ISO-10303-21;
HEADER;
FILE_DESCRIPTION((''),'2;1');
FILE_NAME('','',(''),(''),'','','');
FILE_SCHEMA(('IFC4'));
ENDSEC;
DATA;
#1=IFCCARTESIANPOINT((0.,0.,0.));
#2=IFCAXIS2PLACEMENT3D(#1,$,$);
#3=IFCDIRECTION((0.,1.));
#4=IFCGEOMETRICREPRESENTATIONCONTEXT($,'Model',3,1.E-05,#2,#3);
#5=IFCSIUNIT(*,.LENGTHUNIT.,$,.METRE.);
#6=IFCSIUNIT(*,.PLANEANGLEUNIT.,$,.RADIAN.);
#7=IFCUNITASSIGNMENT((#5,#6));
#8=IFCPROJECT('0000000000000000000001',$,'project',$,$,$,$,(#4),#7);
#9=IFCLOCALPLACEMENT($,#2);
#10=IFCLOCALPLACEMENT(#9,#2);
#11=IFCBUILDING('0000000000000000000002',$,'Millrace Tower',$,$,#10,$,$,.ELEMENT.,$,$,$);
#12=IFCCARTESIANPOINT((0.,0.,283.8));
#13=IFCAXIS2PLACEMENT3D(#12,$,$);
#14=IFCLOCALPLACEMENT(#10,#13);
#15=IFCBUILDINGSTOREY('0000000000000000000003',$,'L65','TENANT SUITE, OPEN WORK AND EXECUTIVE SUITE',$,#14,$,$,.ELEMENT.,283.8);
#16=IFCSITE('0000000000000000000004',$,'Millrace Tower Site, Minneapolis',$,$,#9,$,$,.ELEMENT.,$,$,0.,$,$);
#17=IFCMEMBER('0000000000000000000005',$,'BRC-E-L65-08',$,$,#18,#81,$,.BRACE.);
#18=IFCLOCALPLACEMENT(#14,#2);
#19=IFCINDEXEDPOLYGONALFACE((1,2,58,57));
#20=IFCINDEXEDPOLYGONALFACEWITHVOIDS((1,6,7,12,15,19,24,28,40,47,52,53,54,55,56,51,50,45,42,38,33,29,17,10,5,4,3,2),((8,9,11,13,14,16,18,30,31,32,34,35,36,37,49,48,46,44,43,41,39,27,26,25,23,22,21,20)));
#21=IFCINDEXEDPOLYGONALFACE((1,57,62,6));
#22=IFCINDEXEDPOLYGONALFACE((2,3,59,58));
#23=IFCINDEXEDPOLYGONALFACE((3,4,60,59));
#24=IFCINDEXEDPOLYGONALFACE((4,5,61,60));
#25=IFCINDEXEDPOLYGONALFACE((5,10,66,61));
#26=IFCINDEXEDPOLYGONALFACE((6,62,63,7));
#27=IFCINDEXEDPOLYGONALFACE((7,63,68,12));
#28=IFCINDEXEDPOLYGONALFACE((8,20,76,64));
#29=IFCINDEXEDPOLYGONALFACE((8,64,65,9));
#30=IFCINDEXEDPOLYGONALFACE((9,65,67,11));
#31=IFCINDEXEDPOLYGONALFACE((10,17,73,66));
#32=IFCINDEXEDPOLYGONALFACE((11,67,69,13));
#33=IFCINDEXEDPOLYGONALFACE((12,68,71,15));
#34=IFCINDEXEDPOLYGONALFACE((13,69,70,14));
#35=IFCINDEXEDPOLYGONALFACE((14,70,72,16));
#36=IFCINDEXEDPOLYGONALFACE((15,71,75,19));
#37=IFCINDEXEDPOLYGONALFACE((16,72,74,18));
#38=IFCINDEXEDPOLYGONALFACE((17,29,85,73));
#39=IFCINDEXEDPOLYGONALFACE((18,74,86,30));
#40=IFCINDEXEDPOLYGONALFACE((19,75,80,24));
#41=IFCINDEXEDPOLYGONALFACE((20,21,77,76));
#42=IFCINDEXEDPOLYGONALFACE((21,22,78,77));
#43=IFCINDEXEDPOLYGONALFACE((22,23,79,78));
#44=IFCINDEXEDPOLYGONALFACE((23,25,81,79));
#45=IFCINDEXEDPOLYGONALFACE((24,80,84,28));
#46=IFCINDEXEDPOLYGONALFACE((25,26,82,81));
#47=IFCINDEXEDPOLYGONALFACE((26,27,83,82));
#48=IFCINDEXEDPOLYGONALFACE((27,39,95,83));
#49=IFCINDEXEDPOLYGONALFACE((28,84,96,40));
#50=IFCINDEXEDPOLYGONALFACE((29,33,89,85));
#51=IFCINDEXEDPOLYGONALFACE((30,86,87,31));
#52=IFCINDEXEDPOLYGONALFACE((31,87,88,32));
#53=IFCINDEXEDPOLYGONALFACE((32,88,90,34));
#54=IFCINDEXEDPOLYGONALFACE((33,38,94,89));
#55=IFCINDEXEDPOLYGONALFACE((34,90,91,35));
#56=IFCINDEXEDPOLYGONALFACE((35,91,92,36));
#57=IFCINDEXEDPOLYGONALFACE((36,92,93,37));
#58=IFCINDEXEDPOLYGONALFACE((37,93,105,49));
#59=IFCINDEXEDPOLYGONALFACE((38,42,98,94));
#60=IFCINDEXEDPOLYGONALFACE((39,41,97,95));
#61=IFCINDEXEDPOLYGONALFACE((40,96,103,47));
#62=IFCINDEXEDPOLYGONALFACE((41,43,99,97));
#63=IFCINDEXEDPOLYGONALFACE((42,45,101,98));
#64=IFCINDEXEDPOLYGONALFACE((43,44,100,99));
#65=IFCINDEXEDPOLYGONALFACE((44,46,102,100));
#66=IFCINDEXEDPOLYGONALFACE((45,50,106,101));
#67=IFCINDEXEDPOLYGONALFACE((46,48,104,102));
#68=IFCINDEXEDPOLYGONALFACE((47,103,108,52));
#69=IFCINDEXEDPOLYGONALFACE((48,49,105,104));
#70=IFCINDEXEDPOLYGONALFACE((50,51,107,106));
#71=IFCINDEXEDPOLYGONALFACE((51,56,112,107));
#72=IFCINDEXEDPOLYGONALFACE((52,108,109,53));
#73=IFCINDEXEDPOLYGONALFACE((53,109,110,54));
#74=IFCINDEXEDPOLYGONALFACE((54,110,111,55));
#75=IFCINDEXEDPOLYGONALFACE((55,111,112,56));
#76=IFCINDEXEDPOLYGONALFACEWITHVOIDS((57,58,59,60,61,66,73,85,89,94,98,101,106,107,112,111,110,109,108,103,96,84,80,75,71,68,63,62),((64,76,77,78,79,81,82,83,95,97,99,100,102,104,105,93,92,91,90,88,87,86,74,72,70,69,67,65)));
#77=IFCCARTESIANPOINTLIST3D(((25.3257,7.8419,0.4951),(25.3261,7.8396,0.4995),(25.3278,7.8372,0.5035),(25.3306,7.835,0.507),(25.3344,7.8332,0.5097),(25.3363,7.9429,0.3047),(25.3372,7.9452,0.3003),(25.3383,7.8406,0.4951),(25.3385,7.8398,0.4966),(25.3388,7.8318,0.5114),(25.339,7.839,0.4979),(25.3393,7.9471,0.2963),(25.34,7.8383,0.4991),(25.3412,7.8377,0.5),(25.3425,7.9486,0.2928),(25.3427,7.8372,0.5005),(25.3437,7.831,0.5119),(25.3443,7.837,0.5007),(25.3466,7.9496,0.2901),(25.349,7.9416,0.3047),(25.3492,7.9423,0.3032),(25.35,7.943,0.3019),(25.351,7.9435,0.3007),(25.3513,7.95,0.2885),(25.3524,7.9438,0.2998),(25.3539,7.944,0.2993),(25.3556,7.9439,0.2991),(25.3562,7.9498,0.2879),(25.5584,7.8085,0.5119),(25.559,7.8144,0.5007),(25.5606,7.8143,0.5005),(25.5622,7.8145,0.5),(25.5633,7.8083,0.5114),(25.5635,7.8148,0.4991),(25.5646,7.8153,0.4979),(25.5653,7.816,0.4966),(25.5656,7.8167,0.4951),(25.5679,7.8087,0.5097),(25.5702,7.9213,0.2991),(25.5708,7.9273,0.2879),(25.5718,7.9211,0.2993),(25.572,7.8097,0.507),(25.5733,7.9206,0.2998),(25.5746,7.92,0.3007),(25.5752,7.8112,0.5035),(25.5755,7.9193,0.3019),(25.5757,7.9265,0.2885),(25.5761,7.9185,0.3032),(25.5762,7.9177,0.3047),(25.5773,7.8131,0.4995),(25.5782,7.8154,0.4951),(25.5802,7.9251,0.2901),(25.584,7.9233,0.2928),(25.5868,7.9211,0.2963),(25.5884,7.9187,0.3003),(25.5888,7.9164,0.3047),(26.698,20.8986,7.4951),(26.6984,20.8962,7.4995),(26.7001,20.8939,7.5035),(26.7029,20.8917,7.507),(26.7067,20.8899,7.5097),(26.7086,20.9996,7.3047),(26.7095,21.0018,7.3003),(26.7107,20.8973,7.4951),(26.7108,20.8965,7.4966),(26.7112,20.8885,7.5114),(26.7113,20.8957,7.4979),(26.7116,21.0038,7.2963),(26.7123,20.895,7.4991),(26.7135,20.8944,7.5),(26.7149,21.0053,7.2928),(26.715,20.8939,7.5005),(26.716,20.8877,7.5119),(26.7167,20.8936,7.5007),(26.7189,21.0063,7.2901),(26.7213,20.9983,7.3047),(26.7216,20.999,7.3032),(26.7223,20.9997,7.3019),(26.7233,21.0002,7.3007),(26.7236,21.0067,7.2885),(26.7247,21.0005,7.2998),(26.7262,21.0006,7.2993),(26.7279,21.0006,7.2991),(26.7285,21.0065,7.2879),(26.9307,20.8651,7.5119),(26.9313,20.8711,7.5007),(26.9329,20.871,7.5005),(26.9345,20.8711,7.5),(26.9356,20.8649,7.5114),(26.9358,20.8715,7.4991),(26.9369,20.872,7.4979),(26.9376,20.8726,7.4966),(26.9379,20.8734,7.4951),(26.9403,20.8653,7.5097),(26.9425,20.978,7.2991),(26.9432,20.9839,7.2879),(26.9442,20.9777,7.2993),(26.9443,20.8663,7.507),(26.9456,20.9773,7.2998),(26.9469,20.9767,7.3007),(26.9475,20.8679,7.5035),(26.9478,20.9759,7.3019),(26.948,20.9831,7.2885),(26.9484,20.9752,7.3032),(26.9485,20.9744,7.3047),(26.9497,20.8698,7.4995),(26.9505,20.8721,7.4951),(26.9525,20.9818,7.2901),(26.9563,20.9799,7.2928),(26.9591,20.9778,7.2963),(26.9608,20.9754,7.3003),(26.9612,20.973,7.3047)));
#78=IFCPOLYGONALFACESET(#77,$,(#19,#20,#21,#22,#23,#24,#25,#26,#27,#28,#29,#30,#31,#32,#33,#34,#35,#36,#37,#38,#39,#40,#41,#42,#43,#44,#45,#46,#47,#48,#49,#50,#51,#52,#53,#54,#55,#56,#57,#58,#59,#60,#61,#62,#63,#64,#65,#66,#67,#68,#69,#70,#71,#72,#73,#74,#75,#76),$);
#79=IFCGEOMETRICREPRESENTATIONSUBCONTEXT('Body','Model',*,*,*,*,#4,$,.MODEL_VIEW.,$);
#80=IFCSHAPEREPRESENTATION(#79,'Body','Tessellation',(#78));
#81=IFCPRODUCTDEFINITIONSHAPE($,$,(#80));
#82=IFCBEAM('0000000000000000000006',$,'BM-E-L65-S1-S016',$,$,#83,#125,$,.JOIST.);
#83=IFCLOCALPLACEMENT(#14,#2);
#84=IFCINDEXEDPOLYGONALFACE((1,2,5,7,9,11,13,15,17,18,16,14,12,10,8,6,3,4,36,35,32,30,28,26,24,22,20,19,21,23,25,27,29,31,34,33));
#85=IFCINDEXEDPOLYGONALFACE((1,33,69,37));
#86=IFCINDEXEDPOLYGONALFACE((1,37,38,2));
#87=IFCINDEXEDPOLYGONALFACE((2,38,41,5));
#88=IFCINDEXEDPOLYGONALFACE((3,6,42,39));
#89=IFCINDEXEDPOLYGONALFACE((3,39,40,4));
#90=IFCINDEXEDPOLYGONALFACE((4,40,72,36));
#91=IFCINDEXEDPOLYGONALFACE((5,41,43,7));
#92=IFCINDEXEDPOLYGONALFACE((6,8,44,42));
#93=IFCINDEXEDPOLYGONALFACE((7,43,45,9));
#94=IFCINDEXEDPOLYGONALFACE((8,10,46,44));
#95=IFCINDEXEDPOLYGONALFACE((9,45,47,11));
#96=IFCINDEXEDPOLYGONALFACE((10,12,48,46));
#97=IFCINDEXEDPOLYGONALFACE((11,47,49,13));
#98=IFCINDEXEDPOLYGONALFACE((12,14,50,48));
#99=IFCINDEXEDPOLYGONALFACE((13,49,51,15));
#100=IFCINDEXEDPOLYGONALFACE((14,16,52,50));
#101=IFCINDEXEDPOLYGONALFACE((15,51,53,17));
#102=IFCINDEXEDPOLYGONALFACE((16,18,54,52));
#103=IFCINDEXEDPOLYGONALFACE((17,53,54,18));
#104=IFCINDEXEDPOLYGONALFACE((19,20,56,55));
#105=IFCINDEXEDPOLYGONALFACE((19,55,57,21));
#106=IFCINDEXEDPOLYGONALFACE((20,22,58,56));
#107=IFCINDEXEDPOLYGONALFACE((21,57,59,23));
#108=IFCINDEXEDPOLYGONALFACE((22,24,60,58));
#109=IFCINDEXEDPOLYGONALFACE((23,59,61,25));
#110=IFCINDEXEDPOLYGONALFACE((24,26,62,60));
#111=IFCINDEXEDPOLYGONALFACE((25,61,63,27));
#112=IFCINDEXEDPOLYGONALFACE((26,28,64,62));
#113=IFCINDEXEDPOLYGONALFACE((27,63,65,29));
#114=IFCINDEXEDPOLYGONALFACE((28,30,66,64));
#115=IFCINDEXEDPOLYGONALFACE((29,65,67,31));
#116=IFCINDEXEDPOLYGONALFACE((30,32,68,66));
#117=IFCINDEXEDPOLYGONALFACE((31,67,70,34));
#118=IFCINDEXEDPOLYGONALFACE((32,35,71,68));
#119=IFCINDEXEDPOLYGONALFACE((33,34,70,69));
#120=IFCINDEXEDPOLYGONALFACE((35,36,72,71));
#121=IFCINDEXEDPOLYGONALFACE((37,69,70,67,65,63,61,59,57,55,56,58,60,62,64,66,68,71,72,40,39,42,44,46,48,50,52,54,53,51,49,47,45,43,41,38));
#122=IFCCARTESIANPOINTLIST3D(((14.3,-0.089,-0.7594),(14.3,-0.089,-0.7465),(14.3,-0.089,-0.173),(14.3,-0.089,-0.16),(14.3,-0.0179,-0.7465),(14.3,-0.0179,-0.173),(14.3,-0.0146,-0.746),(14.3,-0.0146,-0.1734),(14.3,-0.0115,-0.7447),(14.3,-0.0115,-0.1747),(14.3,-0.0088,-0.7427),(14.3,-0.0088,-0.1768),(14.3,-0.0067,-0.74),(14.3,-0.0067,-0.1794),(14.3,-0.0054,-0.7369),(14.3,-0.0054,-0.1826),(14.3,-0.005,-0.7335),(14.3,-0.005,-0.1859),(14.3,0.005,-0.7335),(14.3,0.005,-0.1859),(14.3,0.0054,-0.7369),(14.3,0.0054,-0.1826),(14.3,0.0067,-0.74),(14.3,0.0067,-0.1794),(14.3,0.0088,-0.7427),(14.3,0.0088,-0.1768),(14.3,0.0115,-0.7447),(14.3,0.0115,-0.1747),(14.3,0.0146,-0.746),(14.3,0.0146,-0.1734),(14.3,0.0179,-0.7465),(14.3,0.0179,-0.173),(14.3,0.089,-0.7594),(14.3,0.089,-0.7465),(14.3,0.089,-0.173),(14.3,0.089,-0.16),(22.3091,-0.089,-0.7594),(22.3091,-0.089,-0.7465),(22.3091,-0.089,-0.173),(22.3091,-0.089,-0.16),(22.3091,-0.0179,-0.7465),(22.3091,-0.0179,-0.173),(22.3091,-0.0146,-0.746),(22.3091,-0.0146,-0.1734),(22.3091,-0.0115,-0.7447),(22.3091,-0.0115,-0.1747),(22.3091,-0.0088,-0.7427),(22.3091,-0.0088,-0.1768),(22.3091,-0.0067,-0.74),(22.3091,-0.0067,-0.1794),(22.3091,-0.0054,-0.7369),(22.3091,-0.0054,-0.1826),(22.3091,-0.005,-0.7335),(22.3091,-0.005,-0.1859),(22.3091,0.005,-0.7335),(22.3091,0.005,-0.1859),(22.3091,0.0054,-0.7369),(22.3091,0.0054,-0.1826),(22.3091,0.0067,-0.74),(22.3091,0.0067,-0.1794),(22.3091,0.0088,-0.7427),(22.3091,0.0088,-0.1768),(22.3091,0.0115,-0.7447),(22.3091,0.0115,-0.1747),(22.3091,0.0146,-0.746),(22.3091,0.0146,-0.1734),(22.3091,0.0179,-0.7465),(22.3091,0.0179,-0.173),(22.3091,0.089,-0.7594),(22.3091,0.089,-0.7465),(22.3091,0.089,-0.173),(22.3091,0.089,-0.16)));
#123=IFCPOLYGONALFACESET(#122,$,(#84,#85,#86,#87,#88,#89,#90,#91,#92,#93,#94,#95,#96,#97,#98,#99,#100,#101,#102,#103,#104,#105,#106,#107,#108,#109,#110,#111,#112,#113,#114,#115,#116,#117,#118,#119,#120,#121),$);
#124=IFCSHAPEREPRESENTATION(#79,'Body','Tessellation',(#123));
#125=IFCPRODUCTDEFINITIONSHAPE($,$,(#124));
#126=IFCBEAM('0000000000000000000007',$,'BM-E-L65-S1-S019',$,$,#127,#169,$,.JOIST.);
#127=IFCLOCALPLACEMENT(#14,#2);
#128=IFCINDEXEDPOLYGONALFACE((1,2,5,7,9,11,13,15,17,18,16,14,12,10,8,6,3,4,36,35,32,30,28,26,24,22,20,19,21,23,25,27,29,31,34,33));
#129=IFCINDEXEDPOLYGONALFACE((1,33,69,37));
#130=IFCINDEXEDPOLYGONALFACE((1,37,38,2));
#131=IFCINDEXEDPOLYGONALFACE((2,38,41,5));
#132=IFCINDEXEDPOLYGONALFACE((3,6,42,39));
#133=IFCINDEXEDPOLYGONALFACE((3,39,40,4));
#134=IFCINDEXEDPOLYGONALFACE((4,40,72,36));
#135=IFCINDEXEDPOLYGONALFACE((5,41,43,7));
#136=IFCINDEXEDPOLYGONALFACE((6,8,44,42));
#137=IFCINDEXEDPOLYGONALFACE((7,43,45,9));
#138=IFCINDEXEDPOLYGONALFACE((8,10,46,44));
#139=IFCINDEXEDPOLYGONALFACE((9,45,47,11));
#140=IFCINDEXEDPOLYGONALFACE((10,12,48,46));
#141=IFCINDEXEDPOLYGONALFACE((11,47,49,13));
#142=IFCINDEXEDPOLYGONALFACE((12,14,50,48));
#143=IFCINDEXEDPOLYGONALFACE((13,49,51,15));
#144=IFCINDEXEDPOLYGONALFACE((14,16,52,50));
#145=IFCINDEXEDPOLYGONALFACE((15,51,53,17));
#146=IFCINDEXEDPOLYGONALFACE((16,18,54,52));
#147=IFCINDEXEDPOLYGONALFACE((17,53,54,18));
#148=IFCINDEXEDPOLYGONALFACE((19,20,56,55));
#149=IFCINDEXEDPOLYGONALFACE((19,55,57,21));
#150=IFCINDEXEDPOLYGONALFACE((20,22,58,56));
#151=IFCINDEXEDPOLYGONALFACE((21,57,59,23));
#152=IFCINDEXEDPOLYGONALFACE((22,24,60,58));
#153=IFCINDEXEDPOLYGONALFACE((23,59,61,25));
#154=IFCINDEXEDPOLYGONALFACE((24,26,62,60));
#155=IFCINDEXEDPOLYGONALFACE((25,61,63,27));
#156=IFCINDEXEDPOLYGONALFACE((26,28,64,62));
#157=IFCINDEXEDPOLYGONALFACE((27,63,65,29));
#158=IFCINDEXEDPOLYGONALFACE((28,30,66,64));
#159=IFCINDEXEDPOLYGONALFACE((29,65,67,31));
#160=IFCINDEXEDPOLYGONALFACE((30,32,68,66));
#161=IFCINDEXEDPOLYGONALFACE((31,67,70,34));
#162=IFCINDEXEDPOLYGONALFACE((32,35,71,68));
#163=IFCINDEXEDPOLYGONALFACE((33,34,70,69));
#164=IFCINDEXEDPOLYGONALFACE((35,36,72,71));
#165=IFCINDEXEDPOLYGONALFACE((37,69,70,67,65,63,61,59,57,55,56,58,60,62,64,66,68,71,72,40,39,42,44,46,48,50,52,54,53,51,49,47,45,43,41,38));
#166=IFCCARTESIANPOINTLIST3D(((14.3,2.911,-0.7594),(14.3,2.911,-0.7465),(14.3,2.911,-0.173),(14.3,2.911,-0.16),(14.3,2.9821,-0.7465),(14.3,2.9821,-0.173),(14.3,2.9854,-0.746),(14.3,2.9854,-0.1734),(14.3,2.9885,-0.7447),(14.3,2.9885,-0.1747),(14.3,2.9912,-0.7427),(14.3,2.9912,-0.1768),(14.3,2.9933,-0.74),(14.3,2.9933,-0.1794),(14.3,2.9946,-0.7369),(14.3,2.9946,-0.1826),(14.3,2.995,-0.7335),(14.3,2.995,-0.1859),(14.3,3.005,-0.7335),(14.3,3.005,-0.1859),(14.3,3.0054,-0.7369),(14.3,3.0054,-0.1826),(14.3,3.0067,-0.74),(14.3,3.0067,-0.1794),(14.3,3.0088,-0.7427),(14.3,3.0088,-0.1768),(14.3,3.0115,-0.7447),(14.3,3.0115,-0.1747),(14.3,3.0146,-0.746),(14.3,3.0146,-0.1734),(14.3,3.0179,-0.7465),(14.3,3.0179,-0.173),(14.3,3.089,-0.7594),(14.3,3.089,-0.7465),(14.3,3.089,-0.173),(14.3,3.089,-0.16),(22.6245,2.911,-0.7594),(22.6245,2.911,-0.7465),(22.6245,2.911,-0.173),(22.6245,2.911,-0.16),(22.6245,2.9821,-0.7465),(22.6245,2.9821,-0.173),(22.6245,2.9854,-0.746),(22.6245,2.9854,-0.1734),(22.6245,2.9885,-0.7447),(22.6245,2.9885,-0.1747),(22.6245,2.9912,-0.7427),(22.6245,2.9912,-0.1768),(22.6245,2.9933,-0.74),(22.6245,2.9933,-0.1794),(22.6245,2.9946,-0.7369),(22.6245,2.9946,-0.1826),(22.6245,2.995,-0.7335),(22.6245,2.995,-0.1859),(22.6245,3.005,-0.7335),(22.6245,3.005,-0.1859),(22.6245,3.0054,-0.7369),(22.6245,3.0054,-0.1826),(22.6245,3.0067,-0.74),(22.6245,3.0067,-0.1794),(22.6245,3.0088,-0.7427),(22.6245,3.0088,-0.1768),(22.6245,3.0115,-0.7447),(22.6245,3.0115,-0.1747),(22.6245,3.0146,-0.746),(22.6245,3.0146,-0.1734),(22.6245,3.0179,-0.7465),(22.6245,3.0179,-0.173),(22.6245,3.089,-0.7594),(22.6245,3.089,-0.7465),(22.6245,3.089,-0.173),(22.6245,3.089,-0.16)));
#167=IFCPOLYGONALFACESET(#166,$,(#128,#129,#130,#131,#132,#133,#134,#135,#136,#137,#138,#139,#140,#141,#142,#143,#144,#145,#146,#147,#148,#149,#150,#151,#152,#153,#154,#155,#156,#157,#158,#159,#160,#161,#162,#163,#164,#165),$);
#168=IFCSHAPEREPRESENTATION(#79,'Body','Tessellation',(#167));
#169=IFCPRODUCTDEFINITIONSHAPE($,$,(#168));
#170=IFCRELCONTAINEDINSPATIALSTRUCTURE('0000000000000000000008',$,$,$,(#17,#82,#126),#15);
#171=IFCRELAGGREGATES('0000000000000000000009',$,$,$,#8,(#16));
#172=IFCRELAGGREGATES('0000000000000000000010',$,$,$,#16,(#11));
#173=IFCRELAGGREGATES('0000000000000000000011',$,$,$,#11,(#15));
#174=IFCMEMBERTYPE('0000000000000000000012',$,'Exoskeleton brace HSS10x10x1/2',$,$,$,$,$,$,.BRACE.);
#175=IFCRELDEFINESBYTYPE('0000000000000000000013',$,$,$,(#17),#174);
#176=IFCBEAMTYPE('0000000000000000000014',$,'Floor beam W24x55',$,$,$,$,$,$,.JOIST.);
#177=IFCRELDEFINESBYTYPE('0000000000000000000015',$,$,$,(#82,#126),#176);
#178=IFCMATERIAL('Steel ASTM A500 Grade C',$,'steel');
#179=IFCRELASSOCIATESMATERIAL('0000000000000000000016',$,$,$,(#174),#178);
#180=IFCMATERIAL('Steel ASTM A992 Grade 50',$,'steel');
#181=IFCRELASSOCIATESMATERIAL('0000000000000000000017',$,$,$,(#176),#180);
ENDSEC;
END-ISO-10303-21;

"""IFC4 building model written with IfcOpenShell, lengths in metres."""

from ifc_helpers import new_model, si_unit, direction, frame, origin, origin_2d, place, context, subcontext, project, spatial, hollow_rectangle, i_section, extrude, material, material_profile, profile_set, type_object, element, save


model = new_model("IFC4")

# Units and contexts
model_context = context("Model", 3, precision=1e-05, world=origin(), true_north=direction((0.0, 1.0)))
body_context = subcontext(model_context, "Body", "Model", "MODEL_VIEW")
ifc_project = project(units=[si_unit("LENGTHUNIT", "METRE"), si_unit("PLANEANGLEUNIT", "RADIAN")], contexts=[model_context])

# Site, building, storey
site_placement = place(None, origin())
site = spatial("IfcSite", under=ifc_project, at=site_placement, Name="Millrace Tower Site, Minneapolis", CompositionType="ELEMENT", RefElevation=0.0)
building_placement = place(site_placement, origin())
building = spatial("IfcBuilding", under=site, at=building_placement, Name="Millrace Tower", CompositionType="ELEMENT")
storey_placement = place(building_placement, frame((0.0, 0.0, 283.8)))
storey = spatial("IfcBuildingStorey", under=building, at=storey_placement, Name="L65", Description="TENANT SUITE, OPEN WORK AND EXECUTIVE SUITE", CompositionType="ELEMENT", Elevation=283.8)

# Member
ifc_material_1 = material(Name="Steel ASTM A500 Grade C", Category="steel")
ifc_material_profile_1 = material_profile(ifc_material_1, hollow_rectangle(XDim=0.2539, YDim=0.2539, WallThickness=0.0127, InnerFilletRadius=0.0063, OuterFilletRadius=0.019, at=origin_2d()))
ifc_profile_set_1 = profile_set([ifc_material_profile_1], Name="Steel ASTM A500 Grade C")
member_type_1 = type_object("IfcMemberType", Name="Exoskeleton brace HSS10x10x1/2", PredefinedType="BRACE", material=ifc_profile_set_1)
member_1_placement = place(storey_placement, frame((25.4573, 7.8792, 0.3999), z_axis=(0.092237, 0.877572, 0.470489), x_axis=(-0.994522, 0.104529, 0.0)))
element("IfcMember", 1, at=member_1_placement, inside=storey, type_object=member_type_1, Name="BRC-E-L65-08", PredefinedType="BRACE", context=body_context, shape_type="SweptSolid", body=[
    extrude(hollow_rectangle(XDim=0.2539, YDim=0.2539, WallThickness=0.0127, InnerFilletRadius=0.0063, OuterFilletRadius=0.019, at=origin_2d()), origin(), (0.0, 0.0, 1.0), 14.8782),
])

# Beams
ifc_material_2 = material(Name="Steel ASTM A992 Grade 50", Category="steel")
ifc_material_profile_2 = material_profile(ifc_material_2, i_section(OverallWidth=0.178, OverallDepth=0.5994, WebThickness=0.01, FlangeThickness=0.0129, FilletRadius=0.0129, at=origin_2d()))
ifc_profile_set_2 = profile_set([ifc_material_profile_2], Name="Steel ASTM A992 Grade 50")
beam_type_1 = type_object("IfcBeamType", Name="Floor beam W24x55", PredefinedType="JOIST", material=ifc_profile_set_2)
beam_1_placement = place(storey_placement, frame((14.3, 0.0, -0.4597), z_axis=(1.0, 0.0, 0.0), x_axis=(0.0, 1.0, 0.0)))
element("IfcBeam", 2, at=beam_1_placement, inside=storey, type_object=beam_type_1, Name="BM-E-L65-S1-S016", PredefinedType="JOIST", context=body_context, shape_type="SweptSolid", body=[
    extrude(i_section(OverallWidth=0.178, OverallDepth=0.5994, WebThickness=0.01, FlangeThickness=0.0129, FilletRadius=0.0129, at=origin_2d()), origin(), (0.0, 0.0, 1.0), 8.009),
])
beam_2_placement = place(storey_placement, frame((14.3, 3.0, -0.4597), z_axis=(1.0, 0.0, 0.0), x_axis=(0.0, 1.0, 0.0)))
element("IfcBeam", 3, at=beam_2_placement, inside=storey, type_object=beam_type_1, Name="BM-E-L65-S1-S019", PredefinedType="JOIST", context=body_context, shape_type="SweptSolid", body=[
    extrude(i_section(OverallWidth=0.178, OverallDepth=0.5994, WebThickness=0.01, FlangeThickness=0.0129, FilletRadius=0.0129, at=origin_2d()), origin(), (0.0, 0.0, 1.0), 8.3245),
])

save(model, "model.ifc")
